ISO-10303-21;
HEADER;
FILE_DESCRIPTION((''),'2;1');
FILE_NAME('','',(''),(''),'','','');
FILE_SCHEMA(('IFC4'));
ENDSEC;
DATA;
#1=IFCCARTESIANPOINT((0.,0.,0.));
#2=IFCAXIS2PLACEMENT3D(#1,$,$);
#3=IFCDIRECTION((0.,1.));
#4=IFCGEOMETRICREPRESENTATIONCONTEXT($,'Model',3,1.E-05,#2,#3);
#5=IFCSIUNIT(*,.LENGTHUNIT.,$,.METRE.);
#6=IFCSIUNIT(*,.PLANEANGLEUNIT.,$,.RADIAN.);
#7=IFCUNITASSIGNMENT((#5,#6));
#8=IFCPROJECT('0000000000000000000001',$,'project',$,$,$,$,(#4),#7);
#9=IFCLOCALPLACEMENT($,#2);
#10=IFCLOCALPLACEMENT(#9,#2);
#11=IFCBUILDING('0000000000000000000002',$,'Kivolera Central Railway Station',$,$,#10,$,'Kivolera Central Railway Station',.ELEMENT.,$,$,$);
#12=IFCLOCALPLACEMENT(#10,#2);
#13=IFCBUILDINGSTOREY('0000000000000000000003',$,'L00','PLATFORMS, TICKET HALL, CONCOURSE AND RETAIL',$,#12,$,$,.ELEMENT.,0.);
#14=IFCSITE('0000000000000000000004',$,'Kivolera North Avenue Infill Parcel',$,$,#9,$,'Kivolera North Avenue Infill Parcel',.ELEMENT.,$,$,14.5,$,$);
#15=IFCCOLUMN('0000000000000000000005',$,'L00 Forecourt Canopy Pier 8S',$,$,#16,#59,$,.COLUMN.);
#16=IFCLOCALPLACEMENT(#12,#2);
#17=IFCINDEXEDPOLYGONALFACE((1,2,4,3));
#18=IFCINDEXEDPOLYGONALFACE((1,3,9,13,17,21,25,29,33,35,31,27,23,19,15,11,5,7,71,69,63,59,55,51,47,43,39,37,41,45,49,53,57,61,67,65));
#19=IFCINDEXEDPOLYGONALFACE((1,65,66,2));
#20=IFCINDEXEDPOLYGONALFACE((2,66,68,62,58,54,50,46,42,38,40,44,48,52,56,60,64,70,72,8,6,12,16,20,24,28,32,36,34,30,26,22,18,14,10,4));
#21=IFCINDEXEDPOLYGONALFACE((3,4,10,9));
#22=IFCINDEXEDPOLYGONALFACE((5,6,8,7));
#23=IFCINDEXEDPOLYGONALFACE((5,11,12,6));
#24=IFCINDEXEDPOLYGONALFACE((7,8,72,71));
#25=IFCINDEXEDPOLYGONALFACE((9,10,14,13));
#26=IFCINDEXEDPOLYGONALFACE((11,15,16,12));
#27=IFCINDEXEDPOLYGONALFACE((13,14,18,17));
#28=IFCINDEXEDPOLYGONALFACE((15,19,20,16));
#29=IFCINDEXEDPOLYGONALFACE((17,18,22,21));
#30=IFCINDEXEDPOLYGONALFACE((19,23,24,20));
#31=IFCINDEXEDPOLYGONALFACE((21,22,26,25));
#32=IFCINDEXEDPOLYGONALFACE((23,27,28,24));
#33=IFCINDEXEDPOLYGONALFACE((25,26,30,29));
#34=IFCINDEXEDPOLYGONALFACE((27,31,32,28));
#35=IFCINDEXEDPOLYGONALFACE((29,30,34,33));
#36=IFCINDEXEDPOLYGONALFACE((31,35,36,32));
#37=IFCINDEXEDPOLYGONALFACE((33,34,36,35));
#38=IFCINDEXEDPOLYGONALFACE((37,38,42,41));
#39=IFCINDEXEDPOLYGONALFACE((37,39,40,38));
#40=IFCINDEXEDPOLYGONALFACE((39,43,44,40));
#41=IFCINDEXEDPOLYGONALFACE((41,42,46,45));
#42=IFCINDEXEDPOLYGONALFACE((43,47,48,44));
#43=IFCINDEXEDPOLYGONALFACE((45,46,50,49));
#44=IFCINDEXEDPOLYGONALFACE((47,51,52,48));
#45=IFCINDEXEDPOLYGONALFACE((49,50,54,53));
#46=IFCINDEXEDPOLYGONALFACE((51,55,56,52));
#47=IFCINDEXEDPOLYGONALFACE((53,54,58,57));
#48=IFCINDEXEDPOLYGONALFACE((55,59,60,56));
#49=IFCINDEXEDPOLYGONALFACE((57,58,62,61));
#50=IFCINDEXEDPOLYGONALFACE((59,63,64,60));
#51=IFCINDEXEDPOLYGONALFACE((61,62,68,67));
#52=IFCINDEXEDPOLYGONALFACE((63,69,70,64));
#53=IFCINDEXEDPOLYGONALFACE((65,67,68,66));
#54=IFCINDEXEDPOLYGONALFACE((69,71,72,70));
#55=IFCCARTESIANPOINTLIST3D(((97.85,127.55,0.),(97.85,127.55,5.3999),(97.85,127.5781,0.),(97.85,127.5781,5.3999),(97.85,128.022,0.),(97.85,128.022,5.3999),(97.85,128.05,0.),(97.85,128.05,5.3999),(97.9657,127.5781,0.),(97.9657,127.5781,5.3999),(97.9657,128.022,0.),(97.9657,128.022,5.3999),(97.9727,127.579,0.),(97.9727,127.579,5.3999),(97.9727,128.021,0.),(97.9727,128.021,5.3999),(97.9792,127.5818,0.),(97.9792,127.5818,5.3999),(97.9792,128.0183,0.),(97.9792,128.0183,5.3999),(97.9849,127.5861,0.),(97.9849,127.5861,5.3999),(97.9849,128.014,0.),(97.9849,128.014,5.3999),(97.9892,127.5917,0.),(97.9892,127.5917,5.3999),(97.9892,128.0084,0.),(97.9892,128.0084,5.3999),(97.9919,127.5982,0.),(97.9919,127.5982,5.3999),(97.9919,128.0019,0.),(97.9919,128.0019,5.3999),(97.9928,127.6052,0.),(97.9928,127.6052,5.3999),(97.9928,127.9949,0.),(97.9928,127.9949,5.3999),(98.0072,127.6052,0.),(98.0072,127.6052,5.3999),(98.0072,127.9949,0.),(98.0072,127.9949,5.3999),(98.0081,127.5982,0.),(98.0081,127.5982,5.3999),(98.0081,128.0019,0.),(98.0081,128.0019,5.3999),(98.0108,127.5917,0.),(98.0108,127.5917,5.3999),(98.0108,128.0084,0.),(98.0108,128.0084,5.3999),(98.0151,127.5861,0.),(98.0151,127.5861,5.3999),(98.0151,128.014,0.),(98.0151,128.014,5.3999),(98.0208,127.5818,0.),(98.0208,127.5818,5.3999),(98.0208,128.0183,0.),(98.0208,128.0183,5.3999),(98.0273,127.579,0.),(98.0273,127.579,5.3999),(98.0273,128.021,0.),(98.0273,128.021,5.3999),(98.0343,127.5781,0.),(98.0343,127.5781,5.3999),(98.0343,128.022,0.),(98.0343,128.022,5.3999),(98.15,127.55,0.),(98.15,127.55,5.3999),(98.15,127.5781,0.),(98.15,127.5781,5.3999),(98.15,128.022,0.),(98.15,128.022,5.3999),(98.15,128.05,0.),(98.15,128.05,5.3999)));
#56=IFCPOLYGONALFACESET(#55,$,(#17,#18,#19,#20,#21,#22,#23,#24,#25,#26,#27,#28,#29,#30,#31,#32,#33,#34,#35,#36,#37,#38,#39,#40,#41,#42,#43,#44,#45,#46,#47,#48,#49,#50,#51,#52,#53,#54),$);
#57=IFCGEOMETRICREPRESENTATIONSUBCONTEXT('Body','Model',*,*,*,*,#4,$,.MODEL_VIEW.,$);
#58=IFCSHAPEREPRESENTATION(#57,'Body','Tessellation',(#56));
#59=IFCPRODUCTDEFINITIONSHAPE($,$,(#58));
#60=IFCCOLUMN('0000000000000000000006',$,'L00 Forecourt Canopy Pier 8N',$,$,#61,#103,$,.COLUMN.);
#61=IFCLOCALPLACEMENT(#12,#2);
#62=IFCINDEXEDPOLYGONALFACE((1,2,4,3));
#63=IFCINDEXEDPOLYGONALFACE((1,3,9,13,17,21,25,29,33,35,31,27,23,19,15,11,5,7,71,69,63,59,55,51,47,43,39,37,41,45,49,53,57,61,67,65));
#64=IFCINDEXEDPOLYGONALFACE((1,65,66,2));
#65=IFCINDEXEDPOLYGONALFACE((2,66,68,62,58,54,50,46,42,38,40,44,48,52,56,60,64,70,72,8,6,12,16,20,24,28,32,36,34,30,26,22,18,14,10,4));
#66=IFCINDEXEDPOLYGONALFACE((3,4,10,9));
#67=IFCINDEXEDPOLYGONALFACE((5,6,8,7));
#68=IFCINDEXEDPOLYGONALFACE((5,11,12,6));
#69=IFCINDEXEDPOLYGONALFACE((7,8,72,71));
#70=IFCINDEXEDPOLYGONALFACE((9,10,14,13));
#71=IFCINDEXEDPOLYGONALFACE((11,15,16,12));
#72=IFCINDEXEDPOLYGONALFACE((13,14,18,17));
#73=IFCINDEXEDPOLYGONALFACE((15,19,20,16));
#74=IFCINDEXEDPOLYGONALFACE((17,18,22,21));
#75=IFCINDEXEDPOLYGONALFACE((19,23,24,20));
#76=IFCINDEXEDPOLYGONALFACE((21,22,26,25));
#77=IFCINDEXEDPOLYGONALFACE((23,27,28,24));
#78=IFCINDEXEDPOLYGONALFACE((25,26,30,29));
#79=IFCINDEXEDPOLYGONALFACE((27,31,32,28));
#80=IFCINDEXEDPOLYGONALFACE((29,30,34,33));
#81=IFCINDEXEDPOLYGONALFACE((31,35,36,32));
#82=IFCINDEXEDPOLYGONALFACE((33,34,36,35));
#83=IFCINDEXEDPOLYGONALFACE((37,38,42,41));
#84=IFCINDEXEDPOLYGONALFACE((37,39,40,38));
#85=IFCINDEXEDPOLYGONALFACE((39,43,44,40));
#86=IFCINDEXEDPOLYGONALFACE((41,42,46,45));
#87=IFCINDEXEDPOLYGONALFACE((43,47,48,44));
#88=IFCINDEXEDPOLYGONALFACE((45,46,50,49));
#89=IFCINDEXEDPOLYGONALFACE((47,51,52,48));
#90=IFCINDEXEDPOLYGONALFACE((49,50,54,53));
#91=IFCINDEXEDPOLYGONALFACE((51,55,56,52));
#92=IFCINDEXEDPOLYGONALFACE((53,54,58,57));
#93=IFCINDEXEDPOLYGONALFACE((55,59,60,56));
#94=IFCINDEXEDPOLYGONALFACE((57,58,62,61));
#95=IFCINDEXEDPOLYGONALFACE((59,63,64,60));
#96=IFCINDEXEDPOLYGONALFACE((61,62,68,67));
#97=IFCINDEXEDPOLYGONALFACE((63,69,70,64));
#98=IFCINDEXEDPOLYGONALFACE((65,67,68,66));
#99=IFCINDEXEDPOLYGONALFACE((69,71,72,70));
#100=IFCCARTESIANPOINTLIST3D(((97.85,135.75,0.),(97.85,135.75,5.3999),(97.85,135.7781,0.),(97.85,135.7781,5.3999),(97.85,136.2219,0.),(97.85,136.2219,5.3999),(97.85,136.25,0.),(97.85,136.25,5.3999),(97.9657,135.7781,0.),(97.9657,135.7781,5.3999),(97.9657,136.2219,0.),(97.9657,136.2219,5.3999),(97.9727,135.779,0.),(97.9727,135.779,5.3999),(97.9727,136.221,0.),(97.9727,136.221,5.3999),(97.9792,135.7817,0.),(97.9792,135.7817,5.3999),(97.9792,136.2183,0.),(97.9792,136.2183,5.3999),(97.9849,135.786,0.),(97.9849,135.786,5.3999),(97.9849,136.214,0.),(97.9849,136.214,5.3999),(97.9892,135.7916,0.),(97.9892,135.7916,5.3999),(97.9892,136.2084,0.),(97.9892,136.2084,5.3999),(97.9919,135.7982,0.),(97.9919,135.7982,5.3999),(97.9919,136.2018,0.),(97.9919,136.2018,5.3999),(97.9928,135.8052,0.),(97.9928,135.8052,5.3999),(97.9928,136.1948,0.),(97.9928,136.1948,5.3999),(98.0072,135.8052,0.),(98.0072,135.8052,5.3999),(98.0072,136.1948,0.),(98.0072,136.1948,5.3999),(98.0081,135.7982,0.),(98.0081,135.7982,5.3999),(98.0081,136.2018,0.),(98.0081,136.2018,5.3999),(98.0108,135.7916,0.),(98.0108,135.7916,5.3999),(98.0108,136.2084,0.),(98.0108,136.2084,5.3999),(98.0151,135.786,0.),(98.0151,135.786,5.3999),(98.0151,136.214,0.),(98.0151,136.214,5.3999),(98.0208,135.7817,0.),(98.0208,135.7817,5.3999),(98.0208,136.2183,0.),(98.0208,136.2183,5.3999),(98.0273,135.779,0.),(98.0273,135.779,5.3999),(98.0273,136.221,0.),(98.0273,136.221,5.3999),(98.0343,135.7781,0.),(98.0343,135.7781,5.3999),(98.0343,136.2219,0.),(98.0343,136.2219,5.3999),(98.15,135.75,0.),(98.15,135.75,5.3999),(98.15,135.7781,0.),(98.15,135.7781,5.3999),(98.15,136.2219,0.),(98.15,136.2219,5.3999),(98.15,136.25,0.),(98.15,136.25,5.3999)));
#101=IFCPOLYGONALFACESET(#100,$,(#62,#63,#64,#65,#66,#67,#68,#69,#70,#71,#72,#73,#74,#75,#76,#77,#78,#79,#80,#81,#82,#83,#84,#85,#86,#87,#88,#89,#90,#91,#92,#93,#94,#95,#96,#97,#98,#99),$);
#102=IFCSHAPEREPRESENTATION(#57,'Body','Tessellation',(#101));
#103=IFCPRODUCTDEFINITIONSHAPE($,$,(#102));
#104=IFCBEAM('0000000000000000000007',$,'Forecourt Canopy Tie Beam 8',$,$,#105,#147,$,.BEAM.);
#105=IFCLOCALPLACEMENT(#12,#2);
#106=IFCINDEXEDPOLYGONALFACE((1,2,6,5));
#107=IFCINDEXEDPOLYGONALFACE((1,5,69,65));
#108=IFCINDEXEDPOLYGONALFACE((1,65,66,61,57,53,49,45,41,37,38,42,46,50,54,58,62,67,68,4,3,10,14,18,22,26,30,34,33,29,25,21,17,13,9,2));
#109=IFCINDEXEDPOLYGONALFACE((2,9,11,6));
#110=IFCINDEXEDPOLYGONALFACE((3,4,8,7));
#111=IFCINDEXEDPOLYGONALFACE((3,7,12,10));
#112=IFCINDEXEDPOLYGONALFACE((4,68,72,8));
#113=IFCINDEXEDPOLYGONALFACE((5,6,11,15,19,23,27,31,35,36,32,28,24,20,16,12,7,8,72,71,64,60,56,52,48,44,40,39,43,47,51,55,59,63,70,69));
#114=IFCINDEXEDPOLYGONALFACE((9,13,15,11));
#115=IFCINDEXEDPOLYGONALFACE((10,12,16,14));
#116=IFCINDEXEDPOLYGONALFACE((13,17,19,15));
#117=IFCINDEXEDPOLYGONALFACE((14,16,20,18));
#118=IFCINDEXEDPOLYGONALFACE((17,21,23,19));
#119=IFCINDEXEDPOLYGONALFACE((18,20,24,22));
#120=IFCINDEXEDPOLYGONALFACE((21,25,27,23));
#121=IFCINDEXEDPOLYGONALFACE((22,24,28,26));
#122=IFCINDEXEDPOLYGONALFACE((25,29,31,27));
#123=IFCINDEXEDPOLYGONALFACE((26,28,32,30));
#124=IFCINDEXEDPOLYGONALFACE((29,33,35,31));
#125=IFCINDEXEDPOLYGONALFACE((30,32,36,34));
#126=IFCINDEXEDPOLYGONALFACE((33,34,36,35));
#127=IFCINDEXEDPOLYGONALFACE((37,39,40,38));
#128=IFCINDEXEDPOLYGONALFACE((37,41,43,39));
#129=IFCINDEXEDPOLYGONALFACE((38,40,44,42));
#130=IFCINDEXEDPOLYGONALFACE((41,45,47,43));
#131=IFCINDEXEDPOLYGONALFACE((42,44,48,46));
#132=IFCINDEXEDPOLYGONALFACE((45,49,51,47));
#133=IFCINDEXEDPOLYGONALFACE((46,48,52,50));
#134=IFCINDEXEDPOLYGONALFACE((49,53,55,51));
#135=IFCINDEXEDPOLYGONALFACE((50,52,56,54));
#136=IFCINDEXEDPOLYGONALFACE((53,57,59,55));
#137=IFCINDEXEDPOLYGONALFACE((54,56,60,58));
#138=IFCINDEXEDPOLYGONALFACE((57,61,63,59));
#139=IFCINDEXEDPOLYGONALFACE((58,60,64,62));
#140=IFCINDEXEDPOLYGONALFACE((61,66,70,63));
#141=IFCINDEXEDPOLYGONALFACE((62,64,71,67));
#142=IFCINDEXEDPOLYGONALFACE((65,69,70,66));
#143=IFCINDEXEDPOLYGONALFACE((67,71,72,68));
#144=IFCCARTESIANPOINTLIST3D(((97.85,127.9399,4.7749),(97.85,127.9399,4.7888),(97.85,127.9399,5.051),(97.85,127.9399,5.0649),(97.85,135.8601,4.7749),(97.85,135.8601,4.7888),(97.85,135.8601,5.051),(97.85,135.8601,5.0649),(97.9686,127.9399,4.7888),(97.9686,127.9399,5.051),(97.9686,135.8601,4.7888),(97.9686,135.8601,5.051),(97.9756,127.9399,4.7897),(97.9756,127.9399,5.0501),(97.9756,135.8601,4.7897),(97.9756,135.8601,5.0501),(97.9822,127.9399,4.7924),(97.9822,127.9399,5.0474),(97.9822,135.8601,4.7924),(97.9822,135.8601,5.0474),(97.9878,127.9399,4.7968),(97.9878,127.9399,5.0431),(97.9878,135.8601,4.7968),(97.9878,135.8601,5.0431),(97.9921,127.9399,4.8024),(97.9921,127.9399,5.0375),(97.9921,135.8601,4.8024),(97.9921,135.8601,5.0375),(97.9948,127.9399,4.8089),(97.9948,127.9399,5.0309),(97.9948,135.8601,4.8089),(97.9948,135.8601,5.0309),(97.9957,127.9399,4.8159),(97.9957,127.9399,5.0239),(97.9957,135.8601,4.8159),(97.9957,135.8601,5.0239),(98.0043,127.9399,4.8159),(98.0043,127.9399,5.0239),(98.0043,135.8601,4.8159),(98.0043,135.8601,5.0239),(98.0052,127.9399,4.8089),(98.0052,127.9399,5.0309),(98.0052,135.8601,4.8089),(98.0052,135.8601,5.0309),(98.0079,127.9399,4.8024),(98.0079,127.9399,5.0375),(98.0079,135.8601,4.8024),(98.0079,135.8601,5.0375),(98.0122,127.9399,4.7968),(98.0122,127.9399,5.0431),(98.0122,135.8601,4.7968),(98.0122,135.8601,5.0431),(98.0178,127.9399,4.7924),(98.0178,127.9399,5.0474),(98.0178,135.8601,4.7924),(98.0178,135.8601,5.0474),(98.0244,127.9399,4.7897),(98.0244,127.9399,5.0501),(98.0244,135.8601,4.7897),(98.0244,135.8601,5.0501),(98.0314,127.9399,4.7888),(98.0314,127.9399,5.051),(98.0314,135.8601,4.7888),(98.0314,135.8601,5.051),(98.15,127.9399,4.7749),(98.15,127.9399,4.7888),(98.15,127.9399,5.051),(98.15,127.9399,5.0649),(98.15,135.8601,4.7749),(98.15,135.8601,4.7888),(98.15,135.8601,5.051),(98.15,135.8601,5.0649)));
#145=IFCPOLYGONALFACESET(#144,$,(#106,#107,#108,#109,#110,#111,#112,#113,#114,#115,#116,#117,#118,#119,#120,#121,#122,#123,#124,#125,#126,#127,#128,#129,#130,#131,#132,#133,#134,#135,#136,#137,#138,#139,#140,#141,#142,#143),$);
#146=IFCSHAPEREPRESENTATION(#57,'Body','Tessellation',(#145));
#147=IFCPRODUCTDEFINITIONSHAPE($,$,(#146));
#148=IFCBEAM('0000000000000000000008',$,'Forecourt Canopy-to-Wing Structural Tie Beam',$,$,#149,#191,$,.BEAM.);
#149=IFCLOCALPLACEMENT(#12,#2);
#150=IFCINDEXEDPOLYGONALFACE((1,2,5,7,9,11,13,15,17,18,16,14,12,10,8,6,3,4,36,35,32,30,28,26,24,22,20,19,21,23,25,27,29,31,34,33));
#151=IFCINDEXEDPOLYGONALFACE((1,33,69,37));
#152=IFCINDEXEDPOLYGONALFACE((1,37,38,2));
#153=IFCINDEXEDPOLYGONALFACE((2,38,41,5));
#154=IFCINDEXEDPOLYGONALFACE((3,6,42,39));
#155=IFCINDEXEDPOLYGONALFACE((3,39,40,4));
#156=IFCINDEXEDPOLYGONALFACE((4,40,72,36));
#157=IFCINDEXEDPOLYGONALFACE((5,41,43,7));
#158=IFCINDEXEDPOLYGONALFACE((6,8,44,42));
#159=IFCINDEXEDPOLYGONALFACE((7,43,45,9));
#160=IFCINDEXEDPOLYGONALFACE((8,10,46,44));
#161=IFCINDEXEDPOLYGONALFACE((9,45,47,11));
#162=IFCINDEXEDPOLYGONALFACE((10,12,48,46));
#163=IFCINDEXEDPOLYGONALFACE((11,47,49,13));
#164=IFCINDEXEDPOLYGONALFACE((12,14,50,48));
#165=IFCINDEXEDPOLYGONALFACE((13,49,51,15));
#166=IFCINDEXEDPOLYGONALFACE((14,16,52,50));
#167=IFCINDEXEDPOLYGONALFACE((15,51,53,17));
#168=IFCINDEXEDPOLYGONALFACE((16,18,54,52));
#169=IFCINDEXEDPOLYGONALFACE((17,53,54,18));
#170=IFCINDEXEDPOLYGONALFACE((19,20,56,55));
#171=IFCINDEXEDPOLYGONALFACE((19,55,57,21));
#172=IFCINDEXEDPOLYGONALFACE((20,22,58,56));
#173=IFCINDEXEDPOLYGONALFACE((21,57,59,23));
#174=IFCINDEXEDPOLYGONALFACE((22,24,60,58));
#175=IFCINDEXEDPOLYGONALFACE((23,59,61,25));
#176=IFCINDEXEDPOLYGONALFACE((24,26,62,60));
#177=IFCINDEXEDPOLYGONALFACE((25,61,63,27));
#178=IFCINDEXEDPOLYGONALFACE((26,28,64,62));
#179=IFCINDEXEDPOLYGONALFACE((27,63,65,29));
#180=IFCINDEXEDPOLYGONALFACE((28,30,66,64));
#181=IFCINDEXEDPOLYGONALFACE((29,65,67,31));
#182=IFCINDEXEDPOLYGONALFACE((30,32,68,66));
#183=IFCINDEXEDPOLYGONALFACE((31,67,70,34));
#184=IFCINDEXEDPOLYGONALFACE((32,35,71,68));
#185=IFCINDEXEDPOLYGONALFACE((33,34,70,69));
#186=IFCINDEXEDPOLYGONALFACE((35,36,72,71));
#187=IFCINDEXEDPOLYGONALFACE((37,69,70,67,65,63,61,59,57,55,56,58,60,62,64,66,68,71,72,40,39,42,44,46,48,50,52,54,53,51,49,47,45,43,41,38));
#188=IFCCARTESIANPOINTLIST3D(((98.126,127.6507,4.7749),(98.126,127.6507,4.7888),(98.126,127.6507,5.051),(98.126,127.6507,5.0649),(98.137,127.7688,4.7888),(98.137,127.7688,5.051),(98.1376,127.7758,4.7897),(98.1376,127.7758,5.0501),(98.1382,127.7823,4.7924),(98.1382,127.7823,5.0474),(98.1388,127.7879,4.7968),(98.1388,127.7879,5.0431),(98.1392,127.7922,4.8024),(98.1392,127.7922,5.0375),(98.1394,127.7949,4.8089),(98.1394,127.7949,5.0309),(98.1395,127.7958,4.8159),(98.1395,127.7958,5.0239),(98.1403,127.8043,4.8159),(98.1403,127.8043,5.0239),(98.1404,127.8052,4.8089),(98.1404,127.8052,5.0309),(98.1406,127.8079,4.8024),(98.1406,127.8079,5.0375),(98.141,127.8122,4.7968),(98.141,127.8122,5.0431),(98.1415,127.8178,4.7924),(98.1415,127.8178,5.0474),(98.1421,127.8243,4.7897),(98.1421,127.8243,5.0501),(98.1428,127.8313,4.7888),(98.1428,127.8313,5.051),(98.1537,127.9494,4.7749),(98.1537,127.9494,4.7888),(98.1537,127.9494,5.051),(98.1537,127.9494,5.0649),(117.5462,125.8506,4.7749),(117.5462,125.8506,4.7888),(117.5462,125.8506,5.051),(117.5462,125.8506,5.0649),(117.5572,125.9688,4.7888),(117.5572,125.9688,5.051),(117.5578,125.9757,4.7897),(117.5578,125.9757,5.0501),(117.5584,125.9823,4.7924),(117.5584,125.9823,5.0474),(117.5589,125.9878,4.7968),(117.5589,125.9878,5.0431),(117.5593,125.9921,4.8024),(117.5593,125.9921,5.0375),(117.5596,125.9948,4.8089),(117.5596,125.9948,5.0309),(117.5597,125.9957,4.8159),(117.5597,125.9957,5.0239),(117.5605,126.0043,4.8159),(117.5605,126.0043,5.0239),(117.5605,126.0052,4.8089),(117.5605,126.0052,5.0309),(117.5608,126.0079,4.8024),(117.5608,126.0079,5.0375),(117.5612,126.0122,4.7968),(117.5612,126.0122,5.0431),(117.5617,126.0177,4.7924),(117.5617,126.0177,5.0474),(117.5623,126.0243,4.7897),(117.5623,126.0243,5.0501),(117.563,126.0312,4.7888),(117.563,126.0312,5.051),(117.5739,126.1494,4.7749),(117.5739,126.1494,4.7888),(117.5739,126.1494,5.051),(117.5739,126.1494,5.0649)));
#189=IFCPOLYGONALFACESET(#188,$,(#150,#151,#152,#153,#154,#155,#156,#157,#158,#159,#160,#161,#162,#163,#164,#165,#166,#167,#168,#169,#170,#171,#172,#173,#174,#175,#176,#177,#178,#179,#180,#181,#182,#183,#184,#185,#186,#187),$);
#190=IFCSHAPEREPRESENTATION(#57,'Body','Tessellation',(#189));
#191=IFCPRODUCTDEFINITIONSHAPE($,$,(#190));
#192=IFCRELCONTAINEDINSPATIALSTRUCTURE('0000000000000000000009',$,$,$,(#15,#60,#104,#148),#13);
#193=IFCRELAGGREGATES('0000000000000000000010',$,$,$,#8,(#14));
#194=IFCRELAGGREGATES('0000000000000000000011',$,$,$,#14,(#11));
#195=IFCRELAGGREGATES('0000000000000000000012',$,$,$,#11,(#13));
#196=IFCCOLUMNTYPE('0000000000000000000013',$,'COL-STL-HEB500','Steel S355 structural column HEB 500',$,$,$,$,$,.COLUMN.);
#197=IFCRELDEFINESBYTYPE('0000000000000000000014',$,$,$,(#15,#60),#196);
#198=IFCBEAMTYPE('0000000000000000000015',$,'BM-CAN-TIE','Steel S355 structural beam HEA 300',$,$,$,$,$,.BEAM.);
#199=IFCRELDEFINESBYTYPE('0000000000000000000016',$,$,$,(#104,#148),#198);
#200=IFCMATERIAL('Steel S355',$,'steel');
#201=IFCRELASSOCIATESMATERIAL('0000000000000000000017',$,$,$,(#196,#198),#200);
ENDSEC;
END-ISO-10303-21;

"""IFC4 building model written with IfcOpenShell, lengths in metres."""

from ifc_helpers import new_model, si_unit, direction, frame, origin, origin_2d, place, context, subcontext, project, spatial, i_section, extrude, material, material_profile, profile_set, type_object, element, save


model = new_model("IFC4")

# Units and contexts
model_context = context("Model", 3, precision=1e-05, world=origin(), true_north=direction((0.0, 1.0)))
body_context = subcontext(model_context, "Body", "Model", "MODEL_VIEW")
ifc_project = project(units=[si_unit("LENGTHUNIT", "METRE"), si_unit("PLANEANGLEUNIT", "RADIAN")], contexts=[model_context])

# Site, building, storey
site_placement = place(None, origin())
site = spatial("IfcSite", under=ifc_project, at=site_placement, Name="Kivolera North Avenue Infill Parcel", LongName="Kivolera North Avenue Infill Parcel", CompositionType="ELEMENT", RefElevation=14.5)
building_placement = place(site_placement, origin())
building = spatial("IfcBuilding", under=site, at=building_placement, Name="Kivolera Central Railway Station", LongName="Kivolera Central Railway Station", CompositionType="ELEMENT")
storey_placement = place(building_placement, origin())
storey = spatial("IfcBuildingStorey", under=building, at=storey_placement, Name="L00", Description="PLATFORMS, TICKET HALL, CONCOURSE AND RETAIL", CompositionType="ELEMENT", Elevation=0.0)

# Columns
ifc_material_1 = material(Name="Steel S355", Category="steel")
ifc_material_profile_1 = material_profile(ifc_material_1, i_section(OverallWidth=0.3, OverallDepth=0.5, WebThickness=0.0144, FlangeThickness=0.0281, FilletRadius=0.0271, at=origin_2d()), Name="HEB 500")
ifc_profile_set_1 = profile_set([ifc_material_profile_1], Name="Steel S355")
column_type_1 = type_object("IfcColumnType", Name="COL-STL-HEB500", Description="Steel S355 structural column HEB 500", PredefinedType="COLUMN", material=ifc_profile_set_1)
for number, where, z_axis, x_axis, name in (
    (1, (98.0, 127.8, 0.0), (0.0, 0.0, 1.0), (1.0, 0.0, 0.0), "L00 Forecourt Canopy Pier 8S"),
    (2, (98.0, 136.0, 0.0), (0.0, 0.0, 1.0), (1.0, 0.0, 0.0), "L00 Forecourt Canopy Pier 8N"),
):
    element("IfcColumn", number, at=place(storey_placement, frame(where, z_axis=z_axis, x_axis=x_axis)), inside=storey, type_object=column_type_1, Name=name, PredefinedType="COLUMN", context=body_context, shape_type="SweptSolid", body=[
        extrude(i_section(OverallWidth=0.3, OverallDepth=0.5, WebThickness=0.0144, FlangeThickness=0.0281, FilletRadius=0.0271, at=origin_2d()), origin(), (0.0, 0.0, 1.0), 5.3999),
    ])

# Beams
ifc_material_profile_2 = material_profile(ifc_material_1, i_section(OverallWidth=0.3, OverallDepth=0.29, WebThickness=0.0085, FlangeThickness=0.0139, FilletRadius=0.0271, at=origin_2d()), Name="HEA 300")
ifc_profile_set_2 = profile_set([ifc_material_profile_2], Name="Steel S355")
beam_type_1 = type_object("IfcBeamType", Name="BM-CAN-TIE", Description="Steel S355 structural beam HEA 300", PredefinedType="BEAM", material=ifc_profile_set_2)
beam_1_placement = place(storey_placement, frame((98.0, 127.9399, 4.9199), z_axis=(0.0, 1.0, 0.0), x_axis=(-1.0, 0.0, 0.0)))
element("IfcBeam", 3, at=beam_1_placement, inside=storey, type_object=beam_type_1, Name="Forecourt Canopy Tie Beam 8", PredefinedType="BEAM", context=body_context, shape_type="SweptSolid", body=[
    extrude(i_section(OverallWidth=0.3, OverallDepth=0.29, WebThickness=0.0085, FlangeThickness=0.0139, FilletRadius=0.0271, at=origin_2d()), origin(), (0.0, 0.0, 1.0), 7.9202),
])
beam_2_placement = place(storey_placement, frame((98.1399, 127.8, 4.9199), z_axis=(0.995732, -0.092294, 0.0), x_axis=(0.092294, 0.995732, 0.0)))
element("IfcBeam", 4, at=beam_2_placement, inside=storey, type_object=beam_type_1, Name="Forecourt Canopy-to-Wing Structural Tie Beam", PredefinedType="BEAM", context=body_context, shape_type="SweptSolid", body=[
    extrude(i_section(OverallWidth=0.3, OverallDepth=0.29, WebThickness=0.0085, FlangeThickness=0.0139, FilletRadius=0.0271, at=origin_2d()), origin(), (0.0, 0.0, 1.0), 19.5034),
])

save(model, "model.ifc")
